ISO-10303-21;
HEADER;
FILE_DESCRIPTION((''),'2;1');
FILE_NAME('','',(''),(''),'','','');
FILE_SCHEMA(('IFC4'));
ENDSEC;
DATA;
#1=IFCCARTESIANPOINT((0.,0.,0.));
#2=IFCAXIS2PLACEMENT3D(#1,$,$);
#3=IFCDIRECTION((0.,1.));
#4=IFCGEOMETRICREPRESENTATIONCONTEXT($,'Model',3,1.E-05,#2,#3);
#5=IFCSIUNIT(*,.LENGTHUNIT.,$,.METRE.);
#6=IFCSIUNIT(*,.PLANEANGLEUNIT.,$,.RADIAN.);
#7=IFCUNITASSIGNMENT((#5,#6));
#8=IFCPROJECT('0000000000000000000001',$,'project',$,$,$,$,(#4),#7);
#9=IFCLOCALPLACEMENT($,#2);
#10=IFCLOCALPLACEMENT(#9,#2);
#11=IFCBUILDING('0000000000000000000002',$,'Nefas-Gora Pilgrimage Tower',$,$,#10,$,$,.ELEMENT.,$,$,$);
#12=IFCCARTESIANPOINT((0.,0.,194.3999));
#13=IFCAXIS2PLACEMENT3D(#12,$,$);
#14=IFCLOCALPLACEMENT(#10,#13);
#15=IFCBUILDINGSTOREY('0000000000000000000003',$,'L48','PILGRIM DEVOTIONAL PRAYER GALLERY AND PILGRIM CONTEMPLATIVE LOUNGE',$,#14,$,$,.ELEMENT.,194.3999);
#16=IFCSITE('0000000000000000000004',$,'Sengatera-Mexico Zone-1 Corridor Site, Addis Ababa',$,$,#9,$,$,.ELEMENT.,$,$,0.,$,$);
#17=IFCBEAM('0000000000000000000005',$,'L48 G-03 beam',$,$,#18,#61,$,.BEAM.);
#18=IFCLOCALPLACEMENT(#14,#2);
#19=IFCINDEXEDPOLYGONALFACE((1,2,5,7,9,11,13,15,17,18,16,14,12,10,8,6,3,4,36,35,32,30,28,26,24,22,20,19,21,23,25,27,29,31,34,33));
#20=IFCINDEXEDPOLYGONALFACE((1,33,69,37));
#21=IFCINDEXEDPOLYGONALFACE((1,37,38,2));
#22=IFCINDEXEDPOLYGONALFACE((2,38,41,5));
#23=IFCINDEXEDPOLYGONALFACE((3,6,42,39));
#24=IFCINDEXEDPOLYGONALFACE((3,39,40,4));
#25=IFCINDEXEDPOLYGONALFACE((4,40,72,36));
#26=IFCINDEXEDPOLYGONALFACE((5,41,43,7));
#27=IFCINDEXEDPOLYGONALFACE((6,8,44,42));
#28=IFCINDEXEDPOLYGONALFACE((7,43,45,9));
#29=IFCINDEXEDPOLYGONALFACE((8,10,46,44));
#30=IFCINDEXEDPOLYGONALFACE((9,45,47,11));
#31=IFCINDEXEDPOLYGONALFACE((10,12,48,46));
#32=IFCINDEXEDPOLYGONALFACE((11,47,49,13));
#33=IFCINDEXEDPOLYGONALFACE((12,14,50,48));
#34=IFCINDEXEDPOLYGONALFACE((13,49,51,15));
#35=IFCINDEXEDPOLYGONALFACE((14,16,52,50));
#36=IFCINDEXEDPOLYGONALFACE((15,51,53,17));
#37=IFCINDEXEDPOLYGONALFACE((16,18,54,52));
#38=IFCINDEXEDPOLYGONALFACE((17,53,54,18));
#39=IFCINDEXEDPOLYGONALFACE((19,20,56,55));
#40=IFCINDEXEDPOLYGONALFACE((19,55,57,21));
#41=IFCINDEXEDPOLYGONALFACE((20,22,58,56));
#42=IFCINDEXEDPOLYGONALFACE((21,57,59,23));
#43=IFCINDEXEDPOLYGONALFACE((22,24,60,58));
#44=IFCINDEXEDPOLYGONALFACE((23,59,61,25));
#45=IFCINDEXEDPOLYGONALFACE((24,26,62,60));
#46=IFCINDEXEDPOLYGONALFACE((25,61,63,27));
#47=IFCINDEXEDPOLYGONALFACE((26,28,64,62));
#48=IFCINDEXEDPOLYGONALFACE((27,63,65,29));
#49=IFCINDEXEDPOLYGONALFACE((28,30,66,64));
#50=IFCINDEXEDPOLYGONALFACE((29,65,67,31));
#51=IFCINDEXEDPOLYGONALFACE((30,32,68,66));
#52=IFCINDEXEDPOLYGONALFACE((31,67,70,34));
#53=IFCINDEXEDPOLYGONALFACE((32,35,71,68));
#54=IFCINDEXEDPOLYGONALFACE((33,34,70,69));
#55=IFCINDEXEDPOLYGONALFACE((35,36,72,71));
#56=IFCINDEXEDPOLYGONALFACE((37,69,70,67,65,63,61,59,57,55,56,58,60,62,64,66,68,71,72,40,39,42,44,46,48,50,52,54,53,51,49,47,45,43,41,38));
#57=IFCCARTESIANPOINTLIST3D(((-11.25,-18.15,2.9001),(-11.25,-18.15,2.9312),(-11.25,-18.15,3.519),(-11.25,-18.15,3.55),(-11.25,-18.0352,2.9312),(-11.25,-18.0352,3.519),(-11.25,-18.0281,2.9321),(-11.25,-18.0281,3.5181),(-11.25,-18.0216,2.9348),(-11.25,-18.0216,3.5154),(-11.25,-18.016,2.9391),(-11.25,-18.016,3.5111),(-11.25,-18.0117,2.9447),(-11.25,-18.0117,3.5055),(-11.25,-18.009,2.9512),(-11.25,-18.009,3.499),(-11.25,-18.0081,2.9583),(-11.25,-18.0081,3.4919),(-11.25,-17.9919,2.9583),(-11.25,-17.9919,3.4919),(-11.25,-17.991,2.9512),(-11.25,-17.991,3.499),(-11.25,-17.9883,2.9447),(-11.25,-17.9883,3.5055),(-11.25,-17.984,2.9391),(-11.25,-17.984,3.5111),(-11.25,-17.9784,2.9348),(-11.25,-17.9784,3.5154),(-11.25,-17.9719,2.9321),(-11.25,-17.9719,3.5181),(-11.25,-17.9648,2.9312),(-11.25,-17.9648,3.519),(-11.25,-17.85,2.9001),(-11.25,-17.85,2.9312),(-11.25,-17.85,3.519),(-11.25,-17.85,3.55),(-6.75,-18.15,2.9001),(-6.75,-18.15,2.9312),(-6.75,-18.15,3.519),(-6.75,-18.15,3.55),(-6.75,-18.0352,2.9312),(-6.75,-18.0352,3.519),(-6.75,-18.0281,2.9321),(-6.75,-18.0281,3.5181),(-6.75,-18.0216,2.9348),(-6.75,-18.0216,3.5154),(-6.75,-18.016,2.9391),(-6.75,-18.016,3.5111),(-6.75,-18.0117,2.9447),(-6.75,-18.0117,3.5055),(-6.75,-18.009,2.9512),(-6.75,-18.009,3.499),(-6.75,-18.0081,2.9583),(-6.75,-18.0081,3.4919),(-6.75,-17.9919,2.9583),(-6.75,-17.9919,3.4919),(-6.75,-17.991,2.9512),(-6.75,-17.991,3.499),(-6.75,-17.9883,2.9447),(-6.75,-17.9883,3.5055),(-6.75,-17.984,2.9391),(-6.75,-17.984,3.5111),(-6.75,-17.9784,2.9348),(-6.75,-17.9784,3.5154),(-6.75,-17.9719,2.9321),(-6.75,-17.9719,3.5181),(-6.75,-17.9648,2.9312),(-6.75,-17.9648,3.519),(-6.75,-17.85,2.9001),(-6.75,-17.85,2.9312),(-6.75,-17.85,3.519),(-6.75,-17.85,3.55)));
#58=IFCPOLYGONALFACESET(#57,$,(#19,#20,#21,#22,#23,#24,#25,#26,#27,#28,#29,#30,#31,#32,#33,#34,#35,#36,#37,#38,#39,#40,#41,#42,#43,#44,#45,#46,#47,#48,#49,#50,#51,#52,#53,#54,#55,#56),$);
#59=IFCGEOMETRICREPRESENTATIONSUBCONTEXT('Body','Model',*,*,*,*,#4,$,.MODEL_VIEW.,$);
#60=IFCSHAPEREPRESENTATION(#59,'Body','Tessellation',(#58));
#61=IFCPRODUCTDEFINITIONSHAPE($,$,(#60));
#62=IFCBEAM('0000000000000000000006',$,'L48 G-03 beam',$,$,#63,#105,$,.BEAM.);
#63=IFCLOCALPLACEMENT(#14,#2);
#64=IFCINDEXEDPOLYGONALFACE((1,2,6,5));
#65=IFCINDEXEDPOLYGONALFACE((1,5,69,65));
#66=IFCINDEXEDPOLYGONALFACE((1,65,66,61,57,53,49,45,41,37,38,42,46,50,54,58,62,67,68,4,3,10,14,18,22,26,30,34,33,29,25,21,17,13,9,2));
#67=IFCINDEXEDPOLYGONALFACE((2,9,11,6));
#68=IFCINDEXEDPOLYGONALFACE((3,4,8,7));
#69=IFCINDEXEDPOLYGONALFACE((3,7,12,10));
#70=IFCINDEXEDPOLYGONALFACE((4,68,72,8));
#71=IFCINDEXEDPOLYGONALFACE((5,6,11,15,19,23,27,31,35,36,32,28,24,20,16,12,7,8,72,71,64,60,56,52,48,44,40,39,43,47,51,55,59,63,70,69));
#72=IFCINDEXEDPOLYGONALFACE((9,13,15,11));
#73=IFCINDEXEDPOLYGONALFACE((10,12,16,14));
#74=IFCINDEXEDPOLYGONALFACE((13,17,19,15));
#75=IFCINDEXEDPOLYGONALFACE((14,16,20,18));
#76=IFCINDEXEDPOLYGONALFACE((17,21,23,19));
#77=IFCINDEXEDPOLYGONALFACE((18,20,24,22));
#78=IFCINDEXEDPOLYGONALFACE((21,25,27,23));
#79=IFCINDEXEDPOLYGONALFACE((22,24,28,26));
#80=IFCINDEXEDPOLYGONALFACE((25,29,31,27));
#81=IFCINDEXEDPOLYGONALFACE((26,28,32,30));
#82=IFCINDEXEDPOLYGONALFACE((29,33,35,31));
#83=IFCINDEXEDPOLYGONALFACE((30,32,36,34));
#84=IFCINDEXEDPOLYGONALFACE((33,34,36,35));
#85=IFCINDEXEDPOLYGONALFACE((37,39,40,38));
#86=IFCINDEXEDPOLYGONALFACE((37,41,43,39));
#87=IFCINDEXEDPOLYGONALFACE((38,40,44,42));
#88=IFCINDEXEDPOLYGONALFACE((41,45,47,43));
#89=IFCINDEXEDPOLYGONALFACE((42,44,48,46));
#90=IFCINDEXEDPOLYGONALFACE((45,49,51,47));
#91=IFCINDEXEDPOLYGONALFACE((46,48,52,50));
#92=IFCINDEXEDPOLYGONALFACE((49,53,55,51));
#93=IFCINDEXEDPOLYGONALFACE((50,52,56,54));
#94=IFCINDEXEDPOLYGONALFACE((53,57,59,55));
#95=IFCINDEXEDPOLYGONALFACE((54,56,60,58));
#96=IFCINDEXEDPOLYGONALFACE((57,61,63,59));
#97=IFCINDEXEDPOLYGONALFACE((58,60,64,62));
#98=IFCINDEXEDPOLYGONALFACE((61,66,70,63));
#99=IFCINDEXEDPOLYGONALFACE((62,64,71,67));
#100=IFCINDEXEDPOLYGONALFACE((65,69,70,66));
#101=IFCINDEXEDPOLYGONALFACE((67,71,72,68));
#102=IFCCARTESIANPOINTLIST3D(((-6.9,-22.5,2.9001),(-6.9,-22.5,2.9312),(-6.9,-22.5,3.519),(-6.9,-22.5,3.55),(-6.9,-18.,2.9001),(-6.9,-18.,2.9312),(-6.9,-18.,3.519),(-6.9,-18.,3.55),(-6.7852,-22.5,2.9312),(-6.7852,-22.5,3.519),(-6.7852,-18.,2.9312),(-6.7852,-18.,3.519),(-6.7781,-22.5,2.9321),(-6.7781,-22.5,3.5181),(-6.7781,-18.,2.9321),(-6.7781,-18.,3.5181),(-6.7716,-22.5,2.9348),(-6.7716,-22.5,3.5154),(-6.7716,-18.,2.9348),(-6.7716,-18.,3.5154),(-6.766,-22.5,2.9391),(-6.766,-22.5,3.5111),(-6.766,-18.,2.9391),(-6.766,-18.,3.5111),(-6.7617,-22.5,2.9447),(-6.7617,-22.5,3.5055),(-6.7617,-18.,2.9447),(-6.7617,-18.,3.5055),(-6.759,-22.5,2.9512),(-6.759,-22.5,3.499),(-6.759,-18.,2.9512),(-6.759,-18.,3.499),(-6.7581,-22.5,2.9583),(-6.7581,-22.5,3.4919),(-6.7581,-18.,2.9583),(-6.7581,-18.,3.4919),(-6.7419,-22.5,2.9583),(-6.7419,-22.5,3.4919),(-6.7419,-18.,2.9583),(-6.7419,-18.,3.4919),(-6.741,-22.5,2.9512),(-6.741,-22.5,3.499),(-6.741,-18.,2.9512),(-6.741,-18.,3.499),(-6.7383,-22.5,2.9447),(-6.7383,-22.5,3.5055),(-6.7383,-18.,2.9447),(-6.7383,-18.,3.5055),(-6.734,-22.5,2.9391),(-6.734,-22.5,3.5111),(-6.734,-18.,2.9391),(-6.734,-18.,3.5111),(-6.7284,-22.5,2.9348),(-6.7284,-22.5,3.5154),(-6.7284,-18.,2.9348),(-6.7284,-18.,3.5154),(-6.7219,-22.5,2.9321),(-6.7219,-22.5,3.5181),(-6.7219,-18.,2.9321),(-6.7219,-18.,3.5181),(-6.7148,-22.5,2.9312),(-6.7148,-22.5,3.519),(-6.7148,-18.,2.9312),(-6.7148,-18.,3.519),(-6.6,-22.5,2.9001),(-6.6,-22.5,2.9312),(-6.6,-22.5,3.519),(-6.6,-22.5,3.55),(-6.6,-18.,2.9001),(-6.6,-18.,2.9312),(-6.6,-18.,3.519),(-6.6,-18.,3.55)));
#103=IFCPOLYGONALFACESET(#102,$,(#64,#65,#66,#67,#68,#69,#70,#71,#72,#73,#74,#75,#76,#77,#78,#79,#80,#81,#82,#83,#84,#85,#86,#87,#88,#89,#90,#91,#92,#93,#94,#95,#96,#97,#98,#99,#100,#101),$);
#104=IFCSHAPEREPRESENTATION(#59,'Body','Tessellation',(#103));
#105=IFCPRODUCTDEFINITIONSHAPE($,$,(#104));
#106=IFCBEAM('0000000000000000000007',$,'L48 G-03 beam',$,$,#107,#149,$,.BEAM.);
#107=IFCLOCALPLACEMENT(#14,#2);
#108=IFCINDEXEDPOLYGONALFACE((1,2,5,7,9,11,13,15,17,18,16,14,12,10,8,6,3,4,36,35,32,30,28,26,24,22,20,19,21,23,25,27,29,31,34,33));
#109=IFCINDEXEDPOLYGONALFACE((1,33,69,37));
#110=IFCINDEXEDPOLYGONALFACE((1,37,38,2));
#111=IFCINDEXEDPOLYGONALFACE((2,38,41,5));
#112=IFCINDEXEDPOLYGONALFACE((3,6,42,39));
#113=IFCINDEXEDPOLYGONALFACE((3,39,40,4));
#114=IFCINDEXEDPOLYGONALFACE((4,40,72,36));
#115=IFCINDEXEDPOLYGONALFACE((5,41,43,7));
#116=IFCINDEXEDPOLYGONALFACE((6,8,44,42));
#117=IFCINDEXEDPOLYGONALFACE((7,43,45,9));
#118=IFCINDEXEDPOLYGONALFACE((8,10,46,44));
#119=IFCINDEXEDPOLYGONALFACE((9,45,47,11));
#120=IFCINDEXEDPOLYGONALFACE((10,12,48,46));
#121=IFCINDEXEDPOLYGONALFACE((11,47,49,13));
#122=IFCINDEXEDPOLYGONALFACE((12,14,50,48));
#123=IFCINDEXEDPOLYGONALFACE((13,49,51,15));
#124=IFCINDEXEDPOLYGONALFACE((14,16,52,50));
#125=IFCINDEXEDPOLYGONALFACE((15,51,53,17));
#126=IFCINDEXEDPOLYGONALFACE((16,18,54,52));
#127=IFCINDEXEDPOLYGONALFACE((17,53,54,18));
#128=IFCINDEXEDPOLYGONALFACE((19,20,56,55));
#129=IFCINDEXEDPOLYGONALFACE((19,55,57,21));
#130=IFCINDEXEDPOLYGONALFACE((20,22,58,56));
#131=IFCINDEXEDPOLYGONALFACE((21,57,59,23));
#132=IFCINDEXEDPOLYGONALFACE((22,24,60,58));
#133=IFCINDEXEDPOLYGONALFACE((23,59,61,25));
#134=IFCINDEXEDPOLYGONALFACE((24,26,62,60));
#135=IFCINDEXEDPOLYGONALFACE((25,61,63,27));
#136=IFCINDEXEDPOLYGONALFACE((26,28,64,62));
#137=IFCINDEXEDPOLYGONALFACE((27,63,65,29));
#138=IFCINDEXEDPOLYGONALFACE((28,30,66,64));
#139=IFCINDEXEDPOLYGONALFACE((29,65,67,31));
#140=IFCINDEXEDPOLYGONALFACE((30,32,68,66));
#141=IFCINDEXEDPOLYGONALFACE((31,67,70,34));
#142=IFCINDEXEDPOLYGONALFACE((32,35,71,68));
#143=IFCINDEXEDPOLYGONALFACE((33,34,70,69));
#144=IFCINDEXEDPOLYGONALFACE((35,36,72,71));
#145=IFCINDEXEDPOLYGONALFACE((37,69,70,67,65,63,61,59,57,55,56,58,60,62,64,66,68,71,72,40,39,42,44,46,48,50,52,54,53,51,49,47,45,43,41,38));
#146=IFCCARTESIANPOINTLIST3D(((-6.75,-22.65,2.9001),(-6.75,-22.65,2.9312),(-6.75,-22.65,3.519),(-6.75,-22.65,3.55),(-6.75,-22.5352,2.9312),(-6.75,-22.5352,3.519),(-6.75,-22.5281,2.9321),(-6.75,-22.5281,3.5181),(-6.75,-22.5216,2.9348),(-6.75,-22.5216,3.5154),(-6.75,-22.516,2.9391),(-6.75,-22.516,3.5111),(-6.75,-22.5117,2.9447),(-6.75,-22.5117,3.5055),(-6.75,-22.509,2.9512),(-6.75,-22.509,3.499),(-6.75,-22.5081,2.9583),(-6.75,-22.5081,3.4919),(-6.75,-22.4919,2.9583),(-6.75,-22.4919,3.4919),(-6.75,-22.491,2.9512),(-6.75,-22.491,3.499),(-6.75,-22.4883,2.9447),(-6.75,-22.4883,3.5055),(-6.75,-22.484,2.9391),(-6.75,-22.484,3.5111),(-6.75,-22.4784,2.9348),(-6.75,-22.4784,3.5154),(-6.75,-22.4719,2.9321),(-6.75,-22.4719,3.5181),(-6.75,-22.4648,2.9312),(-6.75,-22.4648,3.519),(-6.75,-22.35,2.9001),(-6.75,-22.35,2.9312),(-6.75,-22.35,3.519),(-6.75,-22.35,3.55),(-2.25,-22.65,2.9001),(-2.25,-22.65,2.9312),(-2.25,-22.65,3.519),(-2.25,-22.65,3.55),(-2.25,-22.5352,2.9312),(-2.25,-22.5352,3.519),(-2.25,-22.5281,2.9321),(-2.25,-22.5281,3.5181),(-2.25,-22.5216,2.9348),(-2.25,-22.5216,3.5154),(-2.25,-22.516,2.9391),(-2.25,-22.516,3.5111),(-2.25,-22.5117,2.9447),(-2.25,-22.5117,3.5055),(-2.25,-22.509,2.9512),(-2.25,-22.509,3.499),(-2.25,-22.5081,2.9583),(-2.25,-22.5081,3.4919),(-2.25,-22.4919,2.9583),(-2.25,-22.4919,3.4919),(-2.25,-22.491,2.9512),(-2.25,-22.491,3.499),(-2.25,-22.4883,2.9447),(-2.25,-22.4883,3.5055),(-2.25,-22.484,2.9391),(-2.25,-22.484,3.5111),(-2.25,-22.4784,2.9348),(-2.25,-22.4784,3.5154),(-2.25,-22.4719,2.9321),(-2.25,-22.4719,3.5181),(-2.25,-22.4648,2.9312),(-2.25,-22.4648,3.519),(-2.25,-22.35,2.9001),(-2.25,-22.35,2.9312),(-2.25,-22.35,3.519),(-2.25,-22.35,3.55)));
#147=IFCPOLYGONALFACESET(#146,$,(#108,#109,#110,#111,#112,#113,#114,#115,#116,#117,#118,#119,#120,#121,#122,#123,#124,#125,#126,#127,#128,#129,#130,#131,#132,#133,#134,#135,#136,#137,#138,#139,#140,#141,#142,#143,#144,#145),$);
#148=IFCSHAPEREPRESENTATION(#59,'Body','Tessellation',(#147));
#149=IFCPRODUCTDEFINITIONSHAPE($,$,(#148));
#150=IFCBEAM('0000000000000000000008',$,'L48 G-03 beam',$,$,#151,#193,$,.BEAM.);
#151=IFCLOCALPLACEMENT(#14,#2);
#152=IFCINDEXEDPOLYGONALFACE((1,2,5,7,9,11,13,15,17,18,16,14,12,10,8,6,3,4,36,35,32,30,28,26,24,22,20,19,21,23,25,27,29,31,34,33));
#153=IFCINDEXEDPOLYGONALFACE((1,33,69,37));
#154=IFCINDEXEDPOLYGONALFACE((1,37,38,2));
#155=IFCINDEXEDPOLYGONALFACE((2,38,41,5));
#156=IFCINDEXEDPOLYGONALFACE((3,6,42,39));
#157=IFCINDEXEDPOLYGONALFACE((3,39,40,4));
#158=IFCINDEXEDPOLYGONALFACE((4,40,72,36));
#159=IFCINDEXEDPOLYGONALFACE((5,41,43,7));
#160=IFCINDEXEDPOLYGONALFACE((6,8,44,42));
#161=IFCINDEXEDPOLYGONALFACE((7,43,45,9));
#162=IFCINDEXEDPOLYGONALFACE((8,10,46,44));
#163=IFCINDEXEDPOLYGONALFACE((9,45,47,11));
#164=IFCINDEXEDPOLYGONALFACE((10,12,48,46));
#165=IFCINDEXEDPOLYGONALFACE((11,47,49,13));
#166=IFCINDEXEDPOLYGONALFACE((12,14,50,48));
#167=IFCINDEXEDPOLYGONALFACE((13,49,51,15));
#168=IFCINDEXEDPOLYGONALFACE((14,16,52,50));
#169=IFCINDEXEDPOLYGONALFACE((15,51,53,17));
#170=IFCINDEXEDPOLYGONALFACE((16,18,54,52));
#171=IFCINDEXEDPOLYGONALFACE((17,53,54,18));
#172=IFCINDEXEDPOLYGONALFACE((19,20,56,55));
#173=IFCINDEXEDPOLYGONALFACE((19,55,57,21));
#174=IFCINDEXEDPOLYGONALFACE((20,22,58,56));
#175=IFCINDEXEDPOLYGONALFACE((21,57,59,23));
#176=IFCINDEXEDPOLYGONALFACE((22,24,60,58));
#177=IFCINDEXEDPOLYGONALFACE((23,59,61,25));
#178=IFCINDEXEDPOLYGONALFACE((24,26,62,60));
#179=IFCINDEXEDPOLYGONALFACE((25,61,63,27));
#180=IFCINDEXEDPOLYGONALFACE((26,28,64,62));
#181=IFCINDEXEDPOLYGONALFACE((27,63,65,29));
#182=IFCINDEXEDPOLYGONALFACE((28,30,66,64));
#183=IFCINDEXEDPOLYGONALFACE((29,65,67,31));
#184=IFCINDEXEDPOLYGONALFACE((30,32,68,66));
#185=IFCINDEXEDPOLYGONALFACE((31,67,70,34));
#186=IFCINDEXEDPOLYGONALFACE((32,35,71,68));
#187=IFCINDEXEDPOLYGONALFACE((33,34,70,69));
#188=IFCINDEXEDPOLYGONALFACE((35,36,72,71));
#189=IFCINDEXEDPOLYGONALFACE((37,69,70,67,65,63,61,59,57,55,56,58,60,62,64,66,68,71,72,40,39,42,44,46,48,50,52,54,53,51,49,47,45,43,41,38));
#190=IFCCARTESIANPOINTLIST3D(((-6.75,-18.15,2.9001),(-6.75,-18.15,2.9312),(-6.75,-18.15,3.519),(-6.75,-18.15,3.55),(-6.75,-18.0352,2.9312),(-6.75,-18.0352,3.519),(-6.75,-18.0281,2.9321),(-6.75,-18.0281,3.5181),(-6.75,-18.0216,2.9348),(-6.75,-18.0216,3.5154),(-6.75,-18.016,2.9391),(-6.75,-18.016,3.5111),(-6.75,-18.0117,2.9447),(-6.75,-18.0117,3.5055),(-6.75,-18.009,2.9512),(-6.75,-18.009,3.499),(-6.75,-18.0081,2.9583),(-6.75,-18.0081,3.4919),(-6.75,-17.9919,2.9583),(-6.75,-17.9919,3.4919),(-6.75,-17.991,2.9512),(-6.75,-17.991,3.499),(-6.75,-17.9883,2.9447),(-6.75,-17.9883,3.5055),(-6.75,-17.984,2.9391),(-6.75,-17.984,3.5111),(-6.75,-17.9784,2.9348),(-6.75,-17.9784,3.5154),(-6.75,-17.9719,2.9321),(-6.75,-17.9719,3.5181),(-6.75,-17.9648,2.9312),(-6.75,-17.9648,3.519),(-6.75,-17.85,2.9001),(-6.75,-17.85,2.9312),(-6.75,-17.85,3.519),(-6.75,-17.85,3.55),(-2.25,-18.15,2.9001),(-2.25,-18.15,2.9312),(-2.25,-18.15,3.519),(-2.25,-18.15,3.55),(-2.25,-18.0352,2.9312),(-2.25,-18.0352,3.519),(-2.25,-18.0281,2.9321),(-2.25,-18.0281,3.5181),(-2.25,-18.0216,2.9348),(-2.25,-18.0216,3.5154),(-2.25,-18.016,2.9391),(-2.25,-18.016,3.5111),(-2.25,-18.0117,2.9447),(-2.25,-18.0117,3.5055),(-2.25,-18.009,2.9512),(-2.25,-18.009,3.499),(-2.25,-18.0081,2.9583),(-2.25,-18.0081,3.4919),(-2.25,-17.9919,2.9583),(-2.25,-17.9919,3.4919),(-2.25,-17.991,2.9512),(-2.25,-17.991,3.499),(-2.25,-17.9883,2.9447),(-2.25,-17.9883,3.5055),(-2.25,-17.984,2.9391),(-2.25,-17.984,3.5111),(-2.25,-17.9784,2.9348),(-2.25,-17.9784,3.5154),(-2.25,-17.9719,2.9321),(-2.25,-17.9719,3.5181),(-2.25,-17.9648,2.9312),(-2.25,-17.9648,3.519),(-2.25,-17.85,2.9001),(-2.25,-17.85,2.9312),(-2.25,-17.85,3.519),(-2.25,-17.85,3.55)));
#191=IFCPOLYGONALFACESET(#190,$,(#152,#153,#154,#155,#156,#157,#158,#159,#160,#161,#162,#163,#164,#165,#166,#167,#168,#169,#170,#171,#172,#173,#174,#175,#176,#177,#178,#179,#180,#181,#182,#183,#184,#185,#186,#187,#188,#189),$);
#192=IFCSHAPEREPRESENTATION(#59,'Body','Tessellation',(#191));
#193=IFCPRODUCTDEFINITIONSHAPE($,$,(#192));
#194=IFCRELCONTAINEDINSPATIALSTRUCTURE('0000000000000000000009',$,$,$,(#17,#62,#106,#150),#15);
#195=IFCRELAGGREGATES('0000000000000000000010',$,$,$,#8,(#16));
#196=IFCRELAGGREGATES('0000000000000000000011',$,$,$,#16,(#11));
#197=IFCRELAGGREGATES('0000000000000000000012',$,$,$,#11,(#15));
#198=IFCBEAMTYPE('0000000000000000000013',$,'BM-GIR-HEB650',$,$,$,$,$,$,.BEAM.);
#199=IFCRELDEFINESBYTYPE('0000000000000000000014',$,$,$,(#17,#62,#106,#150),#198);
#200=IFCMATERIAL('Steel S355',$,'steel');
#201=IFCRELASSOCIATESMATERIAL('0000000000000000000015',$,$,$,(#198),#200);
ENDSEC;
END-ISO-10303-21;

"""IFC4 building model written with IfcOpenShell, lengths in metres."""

from ifc_helpers import new_model, si_unit, direction, frame, origin, origin_2d, place, context, subcontext, project, spatial, i_section, extrude, source, transform, mapped, material, material_profile, profile_set, type_object, element, save


model = new_model("IFC4")

# Units and contexts
model_context = context("Model", 3, precision=1e-05, world=origin(), true_north=direction((0.0, 1.0)))
body_context = subcontext(model_context, "Body", "Model", "MODEL_VIEW")
ifc_project = project(units=[si_unit("LENGTHUNIT", "METRE"), si_unit("PLANEANGLEUNIT", "RADIAN")], contexts=[model_context])

# Site, building, storey
site_placement = place(None, origin())
site = spatial("IfcSite", under=ifc_project, at=site_placement, Name="Sengatera-Mexico Zone-1 Corridor Site, Addis Ababa", CompositionType="ELEMENT", RefElevation=0.0)
building_placement = place(site_placement, origin())
building = spatial("IfcBuilding", under=site, at=building_placement, Name="Nefas-Gora Pilgrimage Tower", CompositionType="ELEMENT")
storey_placement = place(building_placement, frame((0.0, 0.0, 194.3999)))
storey = spatial("IfcBuildingStorey", under=building, at=storey_placement, Name="L48", Description="PILGRIM DEVOTIONAL PRAYER GALLERY AND PILGRIM CONTEMPLATIVE LOUNGE", CompositionType="ELEMENT", Elevation=194.3999)

# Beams
ifc_material_1 = material(Name="Steel S355", Category="steel")
ifc_material_profile_1 = material_profile(ifc_material_1, i_section(OverallWidth=0.3, OverallDepth=0.6499, WebThickness=0.0161, FlangeThickness=0.031, FilletRadius=0.0271, at=origin_2d()), Name="HEB 650")
ifc_profile_set_1 = profile_set([ifc_material_profile_1], Name="Steel S355")
beam_type = type_object("IfcBeamType", Name="BM-GIR-HEB650", PredefinedType="BEAM", material=ifc_profile_set_1)
shared_shape_1 = source(origin(), body_context, "Body", "SweptSolid", [
    extrude(i_section(OverallWidth=0.3, OverallDepth=0.6499, WebThickness=0.0161, FlangeThickness=0.031, FilletRadius=0.0271, at=origin_2d()), origin(), (0.0, 0.0, 1.0), 4.5),
])
for number, where, z_axis, x_axis, name in (
    (1, (-11.25, -18.0, 3.2251), (1.0, 0.0, 0.0), (0.0, 1.0, 0.0), "L48 G-03 beam"),
    (2, (-6.75, -22.5, 3.2251), (0.0, 1.0, 0.0), (-1.0, 0.0, 0.0), "L48 G-03 beam"),
    (3, (-6.75, -22.5, 3.2251), (1.0, 0.0, 0.0), (0.0, 1.0, 0.0), "L48 G-03 beam"),
    (4, (-6.75, -18.0, 3.2251), (1.0, 0.0, 0.0), (0.0, 1.0, 0.0), "L48 G-03 beam"),
):
    element("IfcBeam", number, at=place(storey_placement, frame(where, z_axis=z_axis, x_axis=x_axis)), inside=storey, type_object=beam_type, Name=name, PredefinedType="BEAM", context=body_context, shape_type="MappedRepresentation", body=[
        mapped(shared_shape_1, transform((0.0, 0.0, 0.0), x_axis=(1.0, 0.0, 0.0), y_axis=(0.0, 1.0, 0.0), z_axis=(0.0, 0.0, 1.0), scale=1.0)),
    ])

save(model, "model.ifc")
